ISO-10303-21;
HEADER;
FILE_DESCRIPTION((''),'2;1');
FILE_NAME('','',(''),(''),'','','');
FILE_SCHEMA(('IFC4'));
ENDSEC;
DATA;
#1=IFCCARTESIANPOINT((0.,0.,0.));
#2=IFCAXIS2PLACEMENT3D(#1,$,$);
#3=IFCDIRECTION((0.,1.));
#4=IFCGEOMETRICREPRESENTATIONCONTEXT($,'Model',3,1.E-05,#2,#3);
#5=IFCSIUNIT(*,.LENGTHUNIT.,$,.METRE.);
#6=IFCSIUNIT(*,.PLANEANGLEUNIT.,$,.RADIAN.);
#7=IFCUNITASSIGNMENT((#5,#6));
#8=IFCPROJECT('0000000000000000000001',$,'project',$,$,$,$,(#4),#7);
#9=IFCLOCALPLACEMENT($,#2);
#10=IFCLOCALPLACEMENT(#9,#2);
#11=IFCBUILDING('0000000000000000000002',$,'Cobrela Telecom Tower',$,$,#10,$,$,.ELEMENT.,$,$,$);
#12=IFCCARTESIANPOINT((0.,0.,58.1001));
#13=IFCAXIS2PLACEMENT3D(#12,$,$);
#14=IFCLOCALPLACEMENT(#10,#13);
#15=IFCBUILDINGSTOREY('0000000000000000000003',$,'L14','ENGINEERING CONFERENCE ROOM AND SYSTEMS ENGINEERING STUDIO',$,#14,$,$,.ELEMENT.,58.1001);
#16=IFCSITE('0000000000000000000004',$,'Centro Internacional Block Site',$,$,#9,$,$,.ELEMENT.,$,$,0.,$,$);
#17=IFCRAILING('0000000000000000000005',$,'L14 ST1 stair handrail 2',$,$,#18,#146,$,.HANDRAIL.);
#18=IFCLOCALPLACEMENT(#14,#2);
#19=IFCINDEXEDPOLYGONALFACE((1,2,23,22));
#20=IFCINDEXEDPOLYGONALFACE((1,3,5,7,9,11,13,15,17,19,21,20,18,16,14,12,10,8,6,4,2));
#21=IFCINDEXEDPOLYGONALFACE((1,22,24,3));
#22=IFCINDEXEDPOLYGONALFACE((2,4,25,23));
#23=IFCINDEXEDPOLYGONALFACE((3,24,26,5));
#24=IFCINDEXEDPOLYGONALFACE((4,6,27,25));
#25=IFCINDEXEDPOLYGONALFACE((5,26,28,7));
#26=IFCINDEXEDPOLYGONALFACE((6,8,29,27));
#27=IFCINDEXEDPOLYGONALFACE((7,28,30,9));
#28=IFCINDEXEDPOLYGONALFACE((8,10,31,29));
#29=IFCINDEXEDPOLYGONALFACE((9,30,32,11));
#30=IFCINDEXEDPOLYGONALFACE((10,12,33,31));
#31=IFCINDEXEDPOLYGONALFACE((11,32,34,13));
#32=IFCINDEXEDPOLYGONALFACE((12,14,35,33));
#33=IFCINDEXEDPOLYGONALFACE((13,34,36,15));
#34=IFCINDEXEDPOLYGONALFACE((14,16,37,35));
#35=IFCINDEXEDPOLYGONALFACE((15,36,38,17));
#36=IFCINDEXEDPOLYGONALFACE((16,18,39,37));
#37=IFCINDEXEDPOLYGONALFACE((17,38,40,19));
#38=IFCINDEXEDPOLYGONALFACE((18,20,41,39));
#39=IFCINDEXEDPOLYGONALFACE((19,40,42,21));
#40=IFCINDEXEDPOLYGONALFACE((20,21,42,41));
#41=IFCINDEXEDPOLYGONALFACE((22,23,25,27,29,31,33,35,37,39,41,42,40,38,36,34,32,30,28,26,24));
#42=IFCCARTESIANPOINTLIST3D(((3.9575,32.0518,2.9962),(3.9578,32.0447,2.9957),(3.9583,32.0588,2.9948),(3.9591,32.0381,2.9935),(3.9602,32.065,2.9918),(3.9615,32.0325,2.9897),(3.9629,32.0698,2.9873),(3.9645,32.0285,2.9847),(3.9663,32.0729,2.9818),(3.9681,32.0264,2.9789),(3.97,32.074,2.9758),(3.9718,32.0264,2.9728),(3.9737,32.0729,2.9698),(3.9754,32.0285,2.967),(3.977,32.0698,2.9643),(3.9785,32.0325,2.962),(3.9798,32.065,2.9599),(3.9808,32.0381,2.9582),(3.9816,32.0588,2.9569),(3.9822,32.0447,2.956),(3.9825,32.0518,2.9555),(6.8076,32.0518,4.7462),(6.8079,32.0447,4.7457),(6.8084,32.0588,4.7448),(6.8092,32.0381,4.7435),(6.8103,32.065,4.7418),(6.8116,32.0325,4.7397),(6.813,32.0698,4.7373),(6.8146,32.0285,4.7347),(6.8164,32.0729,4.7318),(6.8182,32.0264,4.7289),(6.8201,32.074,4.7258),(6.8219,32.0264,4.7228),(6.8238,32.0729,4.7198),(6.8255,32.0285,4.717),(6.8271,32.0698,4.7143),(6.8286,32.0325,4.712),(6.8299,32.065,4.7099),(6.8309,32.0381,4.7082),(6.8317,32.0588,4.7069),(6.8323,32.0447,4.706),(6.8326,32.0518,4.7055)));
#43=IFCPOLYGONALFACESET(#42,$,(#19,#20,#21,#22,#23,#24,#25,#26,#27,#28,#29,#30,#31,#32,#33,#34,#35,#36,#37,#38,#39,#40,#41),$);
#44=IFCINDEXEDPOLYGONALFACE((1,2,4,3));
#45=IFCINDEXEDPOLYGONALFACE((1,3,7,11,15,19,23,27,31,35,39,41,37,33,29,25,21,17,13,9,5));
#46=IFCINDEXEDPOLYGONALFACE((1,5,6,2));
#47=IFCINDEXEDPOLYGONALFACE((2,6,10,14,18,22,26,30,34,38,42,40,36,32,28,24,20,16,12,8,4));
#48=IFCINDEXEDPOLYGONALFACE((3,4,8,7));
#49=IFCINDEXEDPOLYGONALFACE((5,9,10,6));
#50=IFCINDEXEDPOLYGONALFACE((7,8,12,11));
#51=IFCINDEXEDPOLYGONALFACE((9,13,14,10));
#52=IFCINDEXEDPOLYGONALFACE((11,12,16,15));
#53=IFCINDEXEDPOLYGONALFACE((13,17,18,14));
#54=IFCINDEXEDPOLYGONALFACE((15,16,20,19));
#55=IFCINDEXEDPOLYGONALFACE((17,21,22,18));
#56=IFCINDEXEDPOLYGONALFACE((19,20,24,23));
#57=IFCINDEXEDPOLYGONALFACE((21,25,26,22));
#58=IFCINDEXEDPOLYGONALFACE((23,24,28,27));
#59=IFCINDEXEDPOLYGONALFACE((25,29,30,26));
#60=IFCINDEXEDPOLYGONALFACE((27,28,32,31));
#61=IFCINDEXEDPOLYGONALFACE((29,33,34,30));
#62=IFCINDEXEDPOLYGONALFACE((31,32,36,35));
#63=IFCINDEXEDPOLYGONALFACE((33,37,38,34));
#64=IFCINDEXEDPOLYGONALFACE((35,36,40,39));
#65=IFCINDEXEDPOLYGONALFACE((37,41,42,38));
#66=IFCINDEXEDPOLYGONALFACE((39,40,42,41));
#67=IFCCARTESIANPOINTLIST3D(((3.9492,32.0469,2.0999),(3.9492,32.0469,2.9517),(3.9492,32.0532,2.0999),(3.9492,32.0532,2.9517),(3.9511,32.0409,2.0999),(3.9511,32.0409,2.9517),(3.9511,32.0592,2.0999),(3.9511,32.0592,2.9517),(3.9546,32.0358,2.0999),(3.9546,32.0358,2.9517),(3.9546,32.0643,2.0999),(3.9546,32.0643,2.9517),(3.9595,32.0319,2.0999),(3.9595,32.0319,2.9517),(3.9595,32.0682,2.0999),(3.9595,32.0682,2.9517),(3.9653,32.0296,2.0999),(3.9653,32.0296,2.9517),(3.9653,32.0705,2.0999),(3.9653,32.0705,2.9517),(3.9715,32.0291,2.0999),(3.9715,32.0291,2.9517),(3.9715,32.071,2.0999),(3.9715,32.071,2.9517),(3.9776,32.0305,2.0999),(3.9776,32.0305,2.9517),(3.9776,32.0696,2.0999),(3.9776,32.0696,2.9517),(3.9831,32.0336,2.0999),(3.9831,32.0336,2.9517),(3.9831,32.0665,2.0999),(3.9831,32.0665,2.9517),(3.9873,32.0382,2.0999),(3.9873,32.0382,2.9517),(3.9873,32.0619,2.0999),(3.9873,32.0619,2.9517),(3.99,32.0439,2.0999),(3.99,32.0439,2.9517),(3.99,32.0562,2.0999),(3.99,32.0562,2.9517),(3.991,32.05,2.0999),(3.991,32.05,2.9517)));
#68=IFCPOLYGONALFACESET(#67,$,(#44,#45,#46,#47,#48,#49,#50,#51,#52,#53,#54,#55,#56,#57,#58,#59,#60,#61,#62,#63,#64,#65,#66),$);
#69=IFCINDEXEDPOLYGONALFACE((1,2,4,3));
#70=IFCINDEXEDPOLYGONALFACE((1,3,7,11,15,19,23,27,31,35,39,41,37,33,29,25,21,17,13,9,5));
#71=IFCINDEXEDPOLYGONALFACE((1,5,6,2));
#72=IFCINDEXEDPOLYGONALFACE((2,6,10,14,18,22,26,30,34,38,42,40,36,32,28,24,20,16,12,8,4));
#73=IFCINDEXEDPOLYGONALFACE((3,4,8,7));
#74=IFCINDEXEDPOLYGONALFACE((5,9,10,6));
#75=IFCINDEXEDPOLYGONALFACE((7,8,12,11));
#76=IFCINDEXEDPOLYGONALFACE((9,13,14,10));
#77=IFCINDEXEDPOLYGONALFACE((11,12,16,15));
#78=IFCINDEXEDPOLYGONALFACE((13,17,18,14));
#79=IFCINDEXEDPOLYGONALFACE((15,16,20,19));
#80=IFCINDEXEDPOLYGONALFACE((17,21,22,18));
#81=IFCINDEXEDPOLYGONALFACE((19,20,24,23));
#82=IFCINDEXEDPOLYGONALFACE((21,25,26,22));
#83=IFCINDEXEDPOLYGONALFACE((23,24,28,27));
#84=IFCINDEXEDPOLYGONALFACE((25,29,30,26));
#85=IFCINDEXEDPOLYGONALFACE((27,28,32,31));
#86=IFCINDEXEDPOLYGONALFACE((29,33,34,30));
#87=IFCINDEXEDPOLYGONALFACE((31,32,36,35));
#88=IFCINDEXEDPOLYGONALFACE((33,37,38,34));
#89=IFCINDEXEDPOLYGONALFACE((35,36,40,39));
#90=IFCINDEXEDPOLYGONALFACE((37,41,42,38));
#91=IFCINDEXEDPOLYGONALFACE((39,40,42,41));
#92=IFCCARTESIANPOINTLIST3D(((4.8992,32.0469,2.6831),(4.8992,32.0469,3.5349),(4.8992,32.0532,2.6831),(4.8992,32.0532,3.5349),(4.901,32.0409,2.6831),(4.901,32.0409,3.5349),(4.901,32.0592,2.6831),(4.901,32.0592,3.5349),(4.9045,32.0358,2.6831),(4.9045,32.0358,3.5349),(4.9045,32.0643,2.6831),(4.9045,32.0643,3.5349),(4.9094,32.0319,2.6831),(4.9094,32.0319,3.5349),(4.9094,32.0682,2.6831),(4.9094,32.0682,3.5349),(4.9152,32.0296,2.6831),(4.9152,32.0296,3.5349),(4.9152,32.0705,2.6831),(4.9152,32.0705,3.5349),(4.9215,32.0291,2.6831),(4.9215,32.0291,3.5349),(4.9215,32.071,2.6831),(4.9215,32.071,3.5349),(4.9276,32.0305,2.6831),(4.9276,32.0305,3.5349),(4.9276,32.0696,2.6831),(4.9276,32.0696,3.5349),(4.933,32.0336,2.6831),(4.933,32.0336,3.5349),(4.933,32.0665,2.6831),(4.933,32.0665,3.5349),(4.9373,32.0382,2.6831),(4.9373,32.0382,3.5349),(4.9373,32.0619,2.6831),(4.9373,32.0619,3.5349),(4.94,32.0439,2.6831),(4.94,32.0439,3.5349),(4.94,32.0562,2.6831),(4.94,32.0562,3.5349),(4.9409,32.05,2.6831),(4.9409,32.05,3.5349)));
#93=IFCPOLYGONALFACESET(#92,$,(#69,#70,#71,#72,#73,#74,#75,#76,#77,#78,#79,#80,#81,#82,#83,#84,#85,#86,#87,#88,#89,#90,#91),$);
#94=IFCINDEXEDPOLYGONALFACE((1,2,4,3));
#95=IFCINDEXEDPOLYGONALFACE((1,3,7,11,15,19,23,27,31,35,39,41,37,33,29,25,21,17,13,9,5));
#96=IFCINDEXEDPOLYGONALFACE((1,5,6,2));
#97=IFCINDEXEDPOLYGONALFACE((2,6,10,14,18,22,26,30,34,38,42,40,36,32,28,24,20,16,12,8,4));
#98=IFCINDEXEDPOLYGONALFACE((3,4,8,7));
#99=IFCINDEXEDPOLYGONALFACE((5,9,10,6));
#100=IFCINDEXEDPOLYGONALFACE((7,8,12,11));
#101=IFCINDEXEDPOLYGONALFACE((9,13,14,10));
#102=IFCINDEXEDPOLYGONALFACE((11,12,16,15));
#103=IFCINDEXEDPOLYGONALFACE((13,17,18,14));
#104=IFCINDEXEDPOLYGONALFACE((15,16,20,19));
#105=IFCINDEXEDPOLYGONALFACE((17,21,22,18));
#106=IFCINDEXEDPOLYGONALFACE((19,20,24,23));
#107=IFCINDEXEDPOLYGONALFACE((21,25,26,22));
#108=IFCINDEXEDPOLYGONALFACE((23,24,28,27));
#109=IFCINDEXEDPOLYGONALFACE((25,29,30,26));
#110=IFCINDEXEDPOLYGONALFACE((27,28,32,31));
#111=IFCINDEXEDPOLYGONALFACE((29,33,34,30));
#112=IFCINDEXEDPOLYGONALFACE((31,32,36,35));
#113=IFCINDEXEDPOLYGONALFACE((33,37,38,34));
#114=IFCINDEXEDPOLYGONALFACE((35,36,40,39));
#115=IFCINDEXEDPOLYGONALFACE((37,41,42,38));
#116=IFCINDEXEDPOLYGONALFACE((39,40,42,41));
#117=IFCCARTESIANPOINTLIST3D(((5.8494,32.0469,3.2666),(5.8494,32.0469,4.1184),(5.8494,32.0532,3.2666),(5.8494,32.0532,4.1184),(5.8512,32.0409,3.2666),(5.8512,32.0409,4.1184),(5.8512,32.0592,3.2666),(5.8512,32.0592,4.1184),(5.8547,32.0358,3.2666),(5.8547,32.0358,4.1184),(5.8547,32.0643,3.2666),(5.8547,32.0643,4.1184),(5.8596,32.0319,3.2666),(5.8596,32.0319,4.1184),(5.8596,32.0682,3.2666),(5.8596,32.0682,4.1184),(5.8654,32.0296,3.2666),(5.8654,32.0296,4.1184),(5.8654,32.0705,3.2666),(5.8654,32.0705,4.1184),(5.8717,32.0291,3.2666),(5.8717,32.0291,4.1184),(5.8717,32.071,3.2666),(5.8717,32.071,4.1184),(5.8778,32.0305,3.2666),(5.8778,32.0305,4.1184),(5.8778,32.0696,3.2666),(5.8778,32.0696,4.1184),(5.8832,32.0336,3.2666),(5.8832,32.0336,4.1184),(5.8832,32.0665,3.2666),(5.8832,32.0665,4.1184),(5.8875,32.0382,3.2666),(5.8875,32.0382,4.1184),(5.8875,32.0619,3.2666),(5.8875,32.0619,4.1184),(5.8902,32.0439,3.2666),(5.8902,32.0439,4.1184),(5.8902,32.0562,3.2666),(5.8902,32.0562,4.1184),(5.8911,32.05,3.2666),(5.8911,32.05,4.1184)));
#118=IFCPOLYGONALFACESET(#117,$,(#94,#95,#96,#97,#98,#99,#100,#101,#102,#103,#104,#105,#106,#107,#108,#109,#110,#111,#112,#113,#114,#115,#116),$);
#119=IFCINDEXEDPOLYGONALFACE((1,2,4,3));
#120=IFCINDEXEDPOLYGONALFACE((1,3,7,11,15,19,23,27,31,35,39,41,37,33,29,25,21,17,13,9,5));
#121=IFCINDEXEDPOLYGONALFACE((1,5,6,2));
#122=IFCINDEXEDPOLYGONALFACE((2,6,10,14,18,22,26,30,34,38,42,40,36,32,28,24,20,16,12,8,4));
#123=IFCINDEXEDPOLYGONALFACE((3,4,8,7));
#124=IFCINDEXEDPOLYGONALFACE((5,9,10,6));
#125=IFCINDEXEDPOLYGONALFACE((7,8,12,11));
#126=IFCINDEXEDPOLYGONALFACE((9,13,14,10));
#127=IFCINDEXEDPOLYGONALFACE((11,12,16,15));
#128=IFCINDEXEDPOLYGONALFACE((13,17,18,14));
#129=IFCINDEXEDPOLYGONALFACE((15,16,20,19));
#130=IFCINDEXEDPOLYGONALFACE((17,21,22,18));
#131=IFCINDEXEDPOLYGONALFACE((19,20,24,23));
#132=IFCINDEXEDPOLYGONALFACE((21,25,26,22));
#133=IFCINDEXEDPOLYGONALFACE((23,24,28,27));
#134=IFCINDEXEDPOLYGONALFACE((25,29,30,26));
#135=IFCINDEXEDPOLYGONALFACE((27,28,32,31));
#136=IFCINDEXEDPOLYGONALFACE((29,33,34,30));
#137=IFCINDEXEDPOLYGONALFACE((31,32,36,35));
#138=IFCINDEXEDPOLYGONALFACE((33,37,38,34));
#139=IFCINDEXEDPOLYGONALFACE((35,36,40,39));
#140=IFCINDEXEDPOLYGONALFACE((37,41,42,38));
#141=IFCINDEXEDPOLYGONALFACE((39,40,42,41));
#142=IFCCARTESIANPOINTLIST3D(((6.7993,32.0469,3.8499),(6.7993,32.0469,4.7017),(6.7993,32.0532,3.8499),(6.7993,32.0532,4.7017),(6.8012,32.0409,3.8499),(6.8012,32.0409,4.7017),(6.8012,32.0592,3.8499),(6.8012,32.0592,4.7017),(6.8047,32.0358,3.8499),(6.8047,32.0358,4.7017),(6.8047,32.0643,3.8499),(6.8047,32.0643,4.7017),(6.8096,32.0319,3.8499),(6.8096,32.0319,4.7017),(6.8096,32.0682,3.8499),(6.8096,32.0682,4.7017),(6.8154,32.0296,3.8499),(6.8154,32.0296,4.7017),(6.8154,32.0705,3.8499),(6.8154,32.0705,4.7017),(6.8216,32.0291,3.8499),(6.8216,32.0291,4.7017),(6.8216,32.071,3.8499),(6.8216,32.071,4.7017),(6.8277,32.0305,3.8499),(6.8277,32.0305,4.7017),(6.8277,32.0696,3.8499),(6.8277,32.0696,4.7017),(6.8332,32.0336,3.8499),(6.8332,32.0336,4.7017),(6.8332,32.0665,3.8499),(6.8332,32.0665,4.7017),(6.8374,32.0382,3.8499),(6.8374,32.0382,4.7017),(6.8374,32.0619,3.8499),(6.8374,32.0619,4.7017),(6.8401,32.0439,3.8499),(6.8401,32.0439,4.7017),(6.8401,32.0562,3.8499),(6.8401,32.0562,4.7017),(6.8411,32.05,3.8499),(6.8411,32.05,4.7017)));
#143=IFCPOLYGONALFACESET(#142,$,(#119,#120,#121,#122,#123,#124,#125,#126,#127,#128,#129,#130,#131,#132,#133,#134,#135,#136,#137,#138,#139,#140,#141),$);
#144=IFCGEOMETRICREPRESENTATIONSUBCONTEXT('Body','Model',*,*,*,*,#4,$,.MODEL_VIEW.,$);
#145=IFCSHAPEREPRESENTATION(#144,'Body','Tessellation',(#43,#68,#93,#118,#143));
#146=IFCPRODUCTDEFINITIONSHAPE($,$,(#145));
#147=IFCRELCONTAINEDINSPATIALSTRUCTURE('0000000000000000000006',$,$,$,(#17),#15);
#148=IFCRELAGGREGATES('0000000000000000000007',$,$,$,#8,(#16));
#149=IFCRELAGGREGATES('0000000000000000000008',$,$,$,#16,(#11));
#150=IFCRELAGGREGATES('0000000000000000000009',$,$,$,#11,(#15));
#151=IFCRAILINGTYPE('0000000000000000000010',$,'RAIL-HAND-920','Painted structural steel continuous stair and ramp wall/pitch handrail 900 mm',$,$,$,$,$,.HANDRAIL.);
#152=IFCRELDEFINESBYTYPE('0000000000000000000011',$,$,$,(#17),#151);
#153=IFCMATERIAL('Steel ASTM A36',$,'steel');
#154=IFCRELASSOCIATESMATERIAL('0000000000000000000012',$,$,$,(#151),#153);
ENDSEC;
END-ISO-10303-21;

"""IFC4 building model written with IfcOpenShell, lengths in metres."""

from ifc_helpers import new_model, si_unit, direction, frame, origin, origin_2d, place, context, subcontext, project, spatial, circle, extrude, material, type_object, element, save


model = new_model("IFC4")

# Units and contexts
model_context = context("Model", 3, precision=1e-05, world=origin(), true_north=direction((0.0, 1.0)))
body_context = subcontext(model_context, "Body", "Model", "MODEL_VIEW")
ifc_project = project(units=[si_unit("LENGTHUNIT", "METRE"), si_unit("PLANEANGLEUNIT", "RADIAN")], contexts=[model_context])

# Site, building, storey
site_placement = place(None, origin())
site = spatial("IfcSite", under=ifc_project, at=site_placement, Name="Centro Internacional Block Site", CompositionType="ELEMENT", RefElevation=0.0)
building_placement = place(site_placement, origin())
building = spatial("IfcBuilding", under=site, at=building_placement, Name="Cobrela Telecom Tower", CompositionType="ELEMENT")
storey_placement = place(building_placement, frame((0.0, 0.0, 58.1001)))
storey = spatial("IfcBuildingStorey", under=building, at=storey_placement, Name="L14", Description="ENGINEERING CONFERENCE ROOM AND SYSTEMS ENGINEERING STUDIO", CompositionType="ELEMENT", Elevation=58.1001)

# Shared definitions
ifc_material_1 = material(Name="Steel ASTM A36", Category="steel")

# Railing
railing_type_1 = type_object("IfcRailingType", Name="RAIL-HAND-920", Description="Painted structural steel continuous stair and ramp wall/pitch handrail 900 mm", PredefinedType="HANDRAIL", material=ifc_material_1)
railing_1_placement = place(storey_placement, frame((3.97, 32.05, 2.0999)))
element("IfcRailing", 1, at=railing_1_placement, inside=storey, type_object=railing_type_1, Name="L14 ST1 stair handrail 2", PredefinedType="HANDRAIL", context=body_context, shape_type="SweptSolid", body=[
    extrude(circle(Radius=0.0239, at=origin_2d()), frame((0.0, 0.0, 0.876), z_axis=(0.852179, 0.0, 0.52325), x_axis=(0.0, 1.0, 0.0)), (0.0, 0.0, 1.0), 3.3445),
    extrude(circle(Radius=0.021, at=origin_2d()), origin(), (0.0, 0.0, 1.0), 0.8518),
    extrude(circle(Radius=0.021, at=origin_2d()), frame((0.95, 0.0, 0.5833)), (0.0, 0.0, 1.0), 0.8518),
    extrude(circle(Radius=0.021, at=origin_2d()), frame((1.9001, 0.0, 1.1667)), (0.0, 0.0, 1.0), 0.8518),
    extrude(circle(Radius=0.021, at=origin_2d()), frame((2.8501, 0.0, 1.75)), (0.0, 0.0, 1.0), 0.8518),
])

save(model, "model.ifc")
